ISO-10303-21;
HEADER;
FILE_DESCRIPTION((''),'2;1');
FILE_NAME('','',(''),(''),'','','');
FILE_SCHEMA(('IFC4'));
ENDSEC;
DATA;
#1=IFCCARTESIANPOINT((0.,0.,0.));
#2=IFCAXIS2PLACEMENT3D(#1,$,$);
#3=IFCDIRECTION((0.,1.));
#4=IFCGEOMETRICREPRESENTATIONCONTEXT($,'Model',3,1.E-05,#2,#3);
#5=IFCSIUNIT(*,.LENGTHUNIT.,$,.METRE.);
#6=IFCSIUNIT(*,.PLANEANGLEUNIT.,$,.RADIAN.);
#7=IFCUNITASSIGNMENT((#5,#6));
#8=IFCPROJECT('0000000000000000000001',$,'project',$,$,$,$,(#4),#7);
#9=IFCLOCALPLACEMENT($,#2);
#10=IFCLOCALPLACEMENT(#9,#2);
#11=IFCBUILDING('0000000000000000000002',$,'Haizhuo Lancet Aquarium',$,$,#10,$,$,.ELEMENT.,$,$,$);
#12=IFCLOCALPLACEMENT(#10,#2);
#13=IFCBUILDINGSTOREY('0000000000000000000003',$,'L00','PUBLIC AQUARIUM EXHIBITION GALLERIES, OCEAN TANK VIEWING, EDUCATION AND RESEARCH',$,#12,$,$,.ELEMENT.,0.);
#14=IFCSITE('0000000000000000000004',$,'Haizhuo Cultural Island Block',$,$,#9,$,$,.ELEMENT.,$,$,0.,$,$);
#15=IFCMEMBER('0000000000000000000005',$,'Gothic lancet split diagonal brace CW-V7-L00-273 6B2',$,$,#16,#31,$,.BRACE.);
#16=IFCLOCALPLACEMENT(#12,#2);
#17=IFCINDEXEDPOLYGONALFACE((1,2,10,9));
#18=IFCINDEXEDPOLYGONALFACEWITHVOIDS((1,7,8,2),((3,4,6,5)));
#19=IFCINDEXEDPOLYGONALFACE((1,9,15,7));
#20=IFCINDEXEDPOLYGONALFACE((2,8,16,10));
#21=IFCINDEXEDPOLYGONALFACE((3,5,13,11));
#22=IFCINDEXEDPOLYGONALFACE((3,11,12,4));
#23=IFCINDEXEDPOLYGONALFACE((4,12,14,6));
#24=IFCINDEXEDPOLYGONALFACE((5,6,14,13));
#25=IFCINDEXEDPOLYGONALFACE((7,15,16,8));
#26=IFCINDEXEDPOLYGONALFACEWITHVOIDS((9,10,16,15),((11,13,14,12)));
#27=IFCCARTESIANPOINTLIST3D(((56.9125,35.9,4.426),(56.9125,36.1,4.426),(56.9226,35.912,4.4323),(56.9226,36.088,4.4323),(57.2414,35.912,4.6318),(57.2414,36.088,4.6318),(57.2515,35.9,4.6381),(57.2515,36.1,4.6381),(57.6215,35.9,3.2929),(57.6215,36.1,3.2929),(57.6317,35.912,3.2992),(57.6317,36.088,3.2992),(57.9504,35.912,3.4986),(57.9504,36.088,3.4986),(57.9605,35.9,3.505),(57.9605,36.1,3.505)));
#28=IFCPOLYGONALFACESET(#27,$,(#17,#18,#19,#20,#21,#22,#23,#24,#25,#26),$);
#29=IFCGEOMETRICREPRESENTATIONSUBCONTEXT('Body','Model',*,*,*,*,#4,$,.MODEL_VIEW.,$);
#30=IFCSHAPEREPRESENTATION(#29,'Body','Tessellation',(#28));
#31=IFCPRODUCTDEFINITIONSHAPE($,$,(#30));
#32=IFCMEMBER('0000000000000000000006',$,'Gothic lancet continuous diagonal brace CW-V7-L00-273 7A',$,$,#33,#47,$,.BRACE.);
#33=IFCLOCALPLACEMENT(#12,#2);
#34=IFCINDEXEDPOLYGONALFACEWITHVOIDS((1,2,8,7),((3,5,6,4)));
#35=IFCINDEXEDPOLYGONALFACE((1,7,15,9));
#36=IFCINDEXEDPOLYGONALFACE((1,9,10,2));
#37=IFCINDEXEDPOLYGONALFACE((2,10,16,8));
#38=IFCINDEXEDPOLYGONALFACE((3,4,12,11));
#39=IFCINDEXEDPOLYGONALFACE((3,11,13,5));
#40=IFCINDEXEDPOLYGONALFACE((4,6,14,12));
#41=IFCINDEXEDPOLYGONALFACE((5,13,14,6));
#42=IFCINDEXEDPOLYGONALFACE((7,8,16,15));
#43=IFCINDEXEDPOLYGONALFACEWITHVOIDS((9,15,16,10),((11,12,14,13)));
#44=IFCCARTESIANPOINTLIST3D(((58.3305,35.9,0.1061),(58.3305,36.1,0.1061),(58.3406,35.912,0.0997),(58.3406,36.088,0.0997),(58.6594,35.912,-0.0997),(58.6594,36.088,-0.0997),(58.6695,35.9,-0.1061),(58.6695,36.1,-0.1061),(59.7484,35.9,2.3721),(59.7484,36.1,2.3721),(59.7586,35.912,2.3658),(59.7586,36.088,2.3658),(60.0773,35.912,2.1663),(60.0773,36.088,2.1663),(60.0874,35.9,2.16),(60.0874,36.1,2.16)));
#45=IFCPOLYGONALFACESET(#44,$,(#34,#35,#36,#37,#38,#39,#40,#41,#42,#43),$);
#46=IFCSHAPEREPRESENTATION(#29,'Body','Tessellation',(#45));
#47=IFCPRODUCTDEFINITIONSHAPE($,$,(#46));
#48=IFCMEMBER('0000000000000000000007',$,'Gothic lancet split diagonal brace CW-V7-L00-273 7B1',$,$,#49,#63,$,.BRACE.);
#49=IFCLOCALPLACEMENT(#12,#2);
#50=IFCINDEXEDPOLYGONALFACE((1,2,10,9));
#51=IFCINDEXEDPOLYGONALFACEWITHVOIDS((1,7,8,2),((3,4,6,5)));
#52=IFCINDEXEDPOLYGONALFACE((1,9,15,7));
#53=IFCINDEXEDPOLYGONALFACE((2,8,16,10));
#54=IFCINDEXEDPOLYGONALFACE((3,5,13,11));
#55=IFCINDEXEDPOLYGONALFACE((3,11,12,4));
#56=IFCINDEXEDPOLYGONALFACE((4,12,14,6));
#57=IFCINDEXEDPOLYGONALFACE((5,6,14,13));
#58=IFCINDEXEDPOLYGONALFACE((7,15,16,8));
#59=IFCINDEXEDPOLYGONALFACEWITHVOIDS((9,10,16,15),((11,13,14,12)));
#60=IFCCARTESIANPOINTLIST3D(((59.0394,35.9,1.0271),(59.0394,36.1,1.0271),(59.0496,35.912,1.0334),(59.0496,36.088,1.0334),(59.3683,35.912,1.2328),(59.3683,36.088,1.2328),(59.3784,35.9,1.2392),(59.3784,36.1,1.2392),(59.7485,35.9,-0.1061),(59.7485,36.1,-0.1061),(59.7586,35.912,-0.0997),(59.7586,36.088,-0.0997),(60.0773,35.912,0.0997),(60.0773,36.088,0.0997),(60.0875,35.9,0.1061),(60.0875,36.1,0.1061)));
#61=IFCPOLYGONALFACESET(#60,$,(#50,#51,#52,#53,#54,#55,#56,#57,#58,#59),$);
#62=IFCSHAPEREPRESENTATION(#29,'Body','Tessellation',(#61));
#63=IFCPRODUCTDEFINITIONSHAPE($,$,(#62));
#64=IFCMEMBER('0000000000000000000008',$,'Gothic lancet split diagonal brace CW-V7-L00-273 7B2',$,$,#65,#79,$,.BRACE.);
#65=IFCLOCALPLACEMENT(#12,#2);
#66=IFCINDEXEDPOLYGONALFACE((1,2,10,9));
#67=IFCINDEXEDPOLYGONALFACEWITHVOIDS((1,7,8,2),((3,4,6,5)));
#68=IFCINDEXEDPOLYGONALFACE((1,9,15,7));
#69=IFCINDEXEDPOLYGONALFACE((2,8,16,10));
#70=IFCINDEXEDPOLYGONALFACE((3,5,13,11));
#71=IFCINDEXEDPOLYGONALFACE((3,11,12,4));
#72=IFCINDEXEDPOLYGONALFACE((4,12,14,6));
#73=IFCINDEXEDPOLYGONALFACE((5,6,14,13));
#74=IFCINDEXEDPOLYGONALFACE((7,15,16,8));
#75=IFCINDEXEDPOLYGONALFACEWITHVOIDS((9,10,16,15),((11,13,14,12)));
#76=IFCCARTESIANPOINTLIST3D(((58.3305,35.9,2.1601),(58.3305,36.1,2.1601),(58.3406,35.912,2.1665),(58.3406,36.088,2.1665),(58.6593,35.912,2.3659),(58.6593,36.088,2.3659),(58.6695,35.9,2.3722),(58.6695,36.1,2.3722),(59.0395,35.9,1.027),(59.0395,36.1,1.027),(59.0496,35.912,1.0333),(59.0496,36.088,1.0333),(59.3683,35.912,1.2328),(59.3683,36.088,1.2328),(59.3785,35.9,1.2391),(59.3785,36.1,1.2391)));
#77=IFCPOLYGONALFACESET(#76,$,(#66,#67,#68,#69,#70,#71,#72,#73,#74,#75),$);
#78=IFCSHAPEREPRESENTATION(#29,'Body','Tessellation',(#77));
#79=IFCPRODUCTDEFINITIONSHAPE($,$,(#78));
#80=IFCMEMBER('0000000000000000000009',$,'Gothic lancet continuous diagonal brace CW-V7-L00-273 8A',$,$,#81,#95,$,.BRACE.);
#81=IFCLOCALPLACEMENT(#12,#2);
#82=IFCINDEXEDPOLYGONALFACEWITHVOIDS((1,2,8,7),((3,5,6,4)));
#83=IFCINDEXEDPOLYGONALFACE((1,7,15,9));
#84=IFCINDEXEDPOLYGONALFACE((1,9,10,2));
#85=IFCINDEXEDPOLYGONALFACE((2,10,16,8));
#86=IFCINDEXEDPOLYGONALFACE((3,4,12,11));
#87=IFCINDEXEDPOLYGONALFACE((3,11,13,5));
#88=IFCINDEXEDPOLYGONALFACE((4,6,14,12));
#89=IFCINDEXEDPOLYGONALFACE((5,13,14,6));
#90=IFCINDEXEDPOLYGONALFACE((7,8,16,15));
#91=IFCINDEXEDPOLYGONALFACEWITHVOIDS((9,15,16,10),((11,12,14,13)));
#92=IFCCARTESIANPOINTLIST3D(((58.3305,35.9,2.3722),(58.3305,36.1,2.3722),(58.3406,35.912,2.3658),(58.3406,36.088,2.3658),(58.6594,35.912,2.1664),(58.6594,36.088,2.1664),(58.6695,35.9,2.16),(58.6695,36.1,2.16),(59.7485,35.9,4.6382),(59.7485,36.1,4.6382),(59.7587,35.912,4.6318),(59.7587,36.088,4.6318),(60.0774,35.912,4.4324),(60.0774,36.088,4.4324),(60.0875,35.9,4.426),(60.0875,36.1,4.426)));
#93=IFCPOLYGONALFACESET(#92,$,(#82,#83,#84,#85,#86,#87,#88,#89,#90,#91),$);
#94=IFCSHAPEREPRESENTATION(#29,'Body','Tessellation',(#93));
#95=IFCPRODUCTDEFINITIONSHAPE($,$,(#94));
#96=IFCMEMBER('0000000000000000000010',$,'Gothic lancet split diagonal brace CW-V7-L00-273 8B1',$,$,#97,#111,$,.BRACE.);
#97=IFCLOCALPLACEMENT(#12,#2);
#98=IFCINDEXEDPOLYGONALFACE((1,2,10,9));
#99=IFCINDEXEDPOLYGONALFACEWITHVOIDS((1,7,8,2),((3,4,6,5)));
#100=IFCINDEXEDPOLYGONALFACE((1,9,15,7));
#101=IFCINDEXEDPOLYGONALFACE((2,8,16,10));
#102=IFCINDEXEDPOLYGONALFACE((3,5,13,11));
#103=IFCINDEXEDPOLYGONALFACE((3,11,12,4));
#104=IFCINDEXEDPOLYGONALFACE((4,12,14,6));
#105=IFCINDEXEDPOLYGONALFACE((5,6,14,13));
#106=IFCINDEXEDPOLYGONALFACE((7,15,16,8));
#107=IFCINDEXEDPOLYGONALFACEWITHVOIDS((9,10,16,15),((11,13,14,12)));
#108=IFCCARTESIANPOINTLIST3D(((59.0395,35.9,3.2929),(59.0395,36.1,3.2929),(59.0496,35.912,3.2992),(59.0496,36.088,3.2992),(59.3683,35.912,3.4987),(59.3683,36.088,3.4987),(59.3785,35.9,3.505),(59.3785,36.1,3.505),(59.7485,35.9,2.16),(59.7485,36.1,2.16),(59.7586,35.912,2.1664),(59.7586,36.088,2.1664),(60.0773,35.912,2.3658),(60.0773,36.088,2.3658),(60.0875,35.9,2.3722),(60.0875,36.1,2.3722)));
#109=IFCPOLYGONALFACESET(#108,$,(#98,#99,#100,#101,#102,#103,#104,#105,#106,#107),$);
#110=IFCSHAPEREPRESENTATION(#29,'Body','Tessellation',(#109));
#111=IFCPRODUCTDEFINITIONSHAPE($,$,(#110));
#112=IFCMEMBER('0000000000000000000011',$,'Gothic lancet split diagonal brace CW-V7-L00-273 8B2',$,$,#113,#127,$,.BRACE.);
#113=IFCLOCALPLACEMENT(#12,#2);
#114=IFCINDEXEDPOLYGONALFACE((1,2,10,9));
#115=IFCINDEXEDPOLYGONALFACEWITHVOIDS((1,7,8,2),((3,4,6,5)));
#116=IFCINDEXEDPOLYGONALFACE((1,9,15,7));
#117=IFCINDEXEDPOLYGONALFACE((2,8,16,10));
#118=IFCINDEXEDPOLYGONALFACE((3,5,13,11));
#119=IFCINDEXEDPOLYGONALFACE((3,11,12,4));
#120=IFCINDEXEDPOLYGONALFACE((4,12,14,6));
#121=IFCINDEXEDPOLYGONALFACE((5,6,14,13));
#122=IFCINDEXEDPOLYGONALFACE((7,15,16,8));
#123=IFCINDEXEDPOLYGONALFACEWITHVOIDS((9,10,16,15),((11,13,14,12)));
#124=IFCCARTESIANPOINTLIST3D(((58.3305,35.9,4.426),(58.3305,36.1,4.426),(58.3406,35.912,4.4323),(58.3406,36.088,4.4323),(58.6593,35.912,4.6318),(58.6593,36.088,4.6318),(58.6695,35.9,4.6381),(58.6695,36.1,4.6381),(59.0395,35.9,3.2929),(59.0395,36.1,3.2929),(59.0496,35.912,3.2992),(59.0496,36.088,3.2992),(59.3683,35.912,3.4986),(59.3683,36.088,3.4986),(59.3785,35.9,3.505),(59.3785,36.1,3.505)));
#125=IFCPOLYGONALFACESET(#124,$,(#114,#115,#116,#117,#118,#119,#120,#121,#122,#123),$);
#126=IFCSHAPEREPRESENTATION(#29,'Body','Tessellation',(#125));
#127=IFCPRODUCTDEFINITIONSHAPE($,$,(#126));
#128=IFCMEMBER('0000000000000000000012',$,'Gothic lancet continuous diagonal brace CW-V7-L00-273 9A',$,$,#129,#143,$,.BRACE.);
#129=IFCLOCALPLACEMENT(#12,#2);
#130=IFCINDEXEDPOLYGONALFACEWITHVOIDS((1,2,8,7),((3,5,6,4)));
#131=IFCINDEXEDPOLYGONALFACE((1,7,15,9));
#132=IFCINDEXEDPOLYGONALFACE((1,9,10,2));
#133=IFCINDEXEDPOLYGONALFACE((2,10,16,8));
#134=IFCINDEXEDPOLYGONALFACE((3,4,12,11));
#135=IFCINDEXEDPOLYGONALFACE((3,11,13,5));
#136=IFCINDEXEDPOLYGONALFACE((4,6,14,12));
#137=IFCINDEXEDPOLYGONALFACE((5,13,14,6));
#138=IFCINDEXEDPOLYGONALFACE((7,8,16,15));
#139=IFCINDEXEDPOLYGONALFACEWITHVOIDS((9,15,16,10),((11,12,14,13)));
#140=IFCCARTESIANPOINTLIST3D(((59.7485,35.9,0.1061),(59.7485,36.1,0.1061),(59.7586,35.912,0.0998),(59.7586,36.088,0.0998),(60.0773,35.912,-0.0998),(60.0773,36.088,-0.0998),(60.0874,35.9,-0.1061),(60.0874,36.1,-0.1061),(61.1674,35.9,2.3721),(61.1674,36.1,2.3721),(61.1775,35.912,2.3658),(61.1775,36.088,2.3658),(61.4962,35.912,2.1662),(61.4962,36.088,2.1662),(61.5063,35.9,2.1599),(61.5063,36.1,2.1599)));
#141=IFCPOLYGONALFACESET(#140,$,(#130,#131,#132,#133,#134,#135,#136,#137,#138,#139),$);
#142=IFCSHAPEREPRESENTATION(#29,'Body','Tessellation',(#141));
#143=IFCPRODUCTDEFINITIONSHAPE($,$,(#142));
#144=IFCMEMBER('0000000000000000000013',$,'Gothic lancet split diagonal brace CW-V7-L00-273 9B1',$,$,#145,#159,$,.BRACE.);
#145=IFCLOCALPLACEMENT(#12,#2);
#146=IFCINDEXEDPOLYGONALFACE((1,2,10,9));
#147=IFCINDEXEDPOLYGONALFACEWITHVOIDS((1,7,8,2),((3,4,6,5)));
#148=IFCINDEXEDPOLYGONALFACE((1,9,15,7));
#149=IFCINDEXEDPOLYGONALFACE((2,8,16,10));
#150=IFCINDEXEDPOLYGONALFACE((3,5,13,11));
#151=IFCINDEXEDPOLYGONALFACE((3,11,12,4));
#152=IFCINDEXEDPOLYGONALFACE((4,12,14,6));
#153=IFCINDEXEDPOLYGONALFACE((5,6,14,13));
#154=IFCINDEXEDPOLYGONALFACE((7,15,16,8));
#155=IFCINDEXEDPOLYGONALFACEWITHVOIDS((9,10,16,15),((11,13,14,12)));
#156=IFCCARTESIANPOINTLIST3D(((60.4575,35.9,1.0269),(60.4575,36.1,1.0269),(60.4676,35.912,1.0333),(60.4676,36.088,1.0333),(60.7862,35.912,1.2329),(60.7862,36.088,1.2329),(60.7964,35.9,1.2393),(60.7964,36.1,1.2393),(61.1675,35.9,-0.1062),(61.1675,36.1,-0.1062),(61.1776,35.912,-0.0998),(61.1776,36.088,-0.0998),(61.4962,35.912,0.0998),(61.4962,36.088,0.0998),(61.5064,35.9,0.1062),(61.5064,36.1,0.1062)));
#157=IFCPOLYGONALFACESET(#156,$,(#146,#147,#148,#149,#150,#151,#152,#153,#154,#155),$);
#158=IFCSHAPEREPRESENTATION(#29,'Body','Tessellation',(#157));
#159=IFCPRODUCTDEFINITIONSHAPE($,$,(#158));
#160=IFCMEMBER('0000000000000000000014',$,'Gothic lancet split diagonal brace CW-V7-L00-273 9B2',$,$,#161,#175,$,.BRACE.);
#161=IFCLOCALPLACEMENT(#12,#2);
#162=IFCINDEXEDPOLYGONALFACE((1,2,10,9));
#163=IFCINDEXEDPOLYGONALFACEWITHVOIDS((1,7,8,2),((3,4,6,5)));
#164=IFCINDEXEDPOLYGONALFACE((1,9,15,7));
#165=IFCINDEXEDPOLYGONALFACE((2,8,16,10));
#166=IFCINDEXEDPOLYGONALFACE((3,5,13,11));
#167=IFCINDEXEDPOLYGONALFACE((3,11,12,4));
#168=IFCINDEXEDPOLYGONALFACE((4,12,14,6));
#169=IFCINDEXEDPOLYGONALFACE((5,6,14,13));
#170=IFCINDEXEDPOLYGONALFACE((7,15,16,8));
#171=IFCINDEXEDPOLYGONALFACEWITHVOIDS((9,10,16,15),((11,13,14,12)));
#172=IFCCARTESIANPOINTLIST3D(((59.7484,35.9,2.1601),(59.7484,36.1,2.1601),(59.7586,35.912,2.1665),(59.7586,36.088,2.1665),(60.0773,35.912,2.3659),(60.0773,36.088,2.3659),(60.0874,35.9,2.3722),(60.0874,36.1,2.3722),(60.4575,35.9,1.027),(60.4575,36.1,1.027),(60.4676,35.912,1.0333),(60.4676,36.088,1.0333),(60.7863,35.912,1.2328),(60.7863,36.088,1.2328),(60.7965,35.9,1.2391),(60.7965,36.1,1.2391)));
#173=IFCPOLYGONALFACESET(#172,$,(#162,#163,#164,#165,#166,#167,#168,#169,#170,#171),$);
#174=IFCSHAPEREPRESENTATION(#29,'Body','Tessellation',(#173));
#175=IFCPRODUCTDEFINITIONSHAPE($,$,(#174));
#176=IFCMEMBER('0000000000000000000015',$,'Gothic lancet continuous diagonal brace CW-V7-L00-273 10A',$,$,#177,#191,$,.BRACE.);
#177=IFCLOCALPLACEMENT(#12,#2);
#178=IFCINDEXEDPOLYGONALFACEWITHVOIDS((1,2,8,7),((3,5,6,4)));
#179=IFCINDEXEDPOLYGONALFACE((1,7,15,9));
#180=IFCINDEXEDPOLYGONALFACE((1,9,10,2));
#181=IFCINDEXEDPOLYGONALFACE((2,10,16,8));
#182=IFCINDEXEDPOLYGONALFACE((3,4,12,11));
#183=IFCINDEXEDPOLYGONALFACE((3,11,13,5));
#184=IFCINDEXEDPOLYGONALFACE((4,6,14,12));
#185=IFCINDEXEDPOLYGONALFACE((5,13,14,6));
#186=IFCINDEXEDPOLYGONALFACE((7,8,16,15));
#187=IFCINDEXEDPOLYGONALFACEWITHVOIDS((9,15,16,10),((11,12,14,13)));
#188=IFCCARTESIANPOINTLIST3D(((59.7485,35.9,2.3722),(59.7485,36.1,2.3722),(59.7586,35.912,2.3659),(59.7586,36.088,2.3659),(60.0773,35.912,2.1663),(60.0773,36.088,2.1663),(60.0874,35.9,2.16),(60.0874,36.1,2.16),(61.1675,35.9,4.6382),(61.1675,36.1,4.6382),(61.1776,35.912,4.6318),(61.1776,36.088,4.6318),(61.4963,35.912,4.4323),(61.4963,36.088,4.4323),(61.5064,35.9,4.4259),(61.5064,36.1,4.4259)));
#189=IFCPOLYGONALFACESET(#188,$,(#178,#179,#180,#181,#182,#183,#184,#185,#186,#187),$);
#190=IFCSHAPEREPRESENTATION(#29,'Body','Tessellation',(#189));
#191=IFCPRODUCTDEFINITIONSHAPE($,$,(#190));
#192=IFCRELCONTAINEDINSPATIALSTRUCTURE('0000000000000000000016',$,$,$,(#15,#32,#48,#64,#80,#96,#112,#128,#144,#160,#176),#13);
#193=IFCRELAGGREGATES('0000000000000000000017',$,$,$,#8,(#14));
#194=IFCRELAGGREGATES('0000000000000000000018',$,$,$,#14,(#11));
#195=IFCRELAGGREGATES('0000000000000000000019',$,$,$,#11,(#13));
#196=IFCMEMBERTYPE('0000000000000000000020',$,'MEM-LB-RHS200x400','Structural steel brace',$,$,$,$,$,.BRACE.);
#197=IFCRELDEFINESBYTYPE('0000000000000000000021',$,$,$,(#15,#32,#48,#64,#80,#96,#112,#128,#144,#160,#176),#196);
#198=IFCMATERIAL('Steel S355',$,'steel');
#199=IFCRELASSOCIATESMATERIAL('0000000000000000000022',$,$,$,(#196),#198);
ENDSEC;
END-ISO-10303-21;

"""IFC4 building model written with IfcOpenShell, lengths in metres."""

from ifc_helpers import new_model, si_unit, direction, frame, origin, origin_2d, place, context, subcontext, project, spatial, hollow_rectangle, extrude, material, material_profile, profile_set, type_object, element, save


model = new_model("IFC4")

# Units and contexts
model_context = context("Model", 3, precision=1e-05, world=origin(), true_north=direction((0.0, 1.0)))
body_context = subcontext(model_context, "Body", "Model", "MODEL_VIEW")
ifc_project = project(units=[si_unit("LENGTHUNIT", "METRE"), si_unit("PLANEANGLEUNIT", "RADIAN")], contexts=[model_context])

# Site, building, storey
site_placement = place(None, origin())
site = spatial("IfcSite", under=ifc_project, at=site_placement, Name="Haizhuo Cultural Island Block", CompositionType="ELEMENT", RefElevation=0.0)
building_placement = place(site_placement, origin())
building = spatial("IfcBuilding", under=site, at=building_placement, Name="Haizhuo Lancet Aquarium", CompositionType="ELEMENT")
storey_placement = place(building_placement, origin())
storey = spatial("IfcBuildingStorey", under=building, at=storey_placement, Name="L00", Description="PUBLIC AQUARIUM EXHIBITION GALLERIES, OCEAN TANK VIEWING, EDUCATION AND RESEARCH", CompositionType="ELEMENT", Elevation=0.0)

# Members
ifc_material_1 = material(Name="Steel S355", Category="steel")
ifc_material_profile_1 = material_profile(ifc_material_1, hollow_rectangle(XDim=0.2, YDim=0.3999, WallThickness=0.012, at=origin_2d()), Name="RHS 200x400x12")
ifc_profile_set_1 = profile_set([ifc_material_profile_1], Name="Steel S355")
member_type_1 = type_object("IfcMemberType", Name="MEM-LB-RHS200x400", Description="Structural steel brace", PredefinedType="BRACE", material=ifc_profile_set_1)
member_1_placement = place(storey_placement, frame((57.791, 36.0, 3.3989), z_axis=(-0.530442, 0.0, 0.847721), x_axis=(0.0, -1.0, 0.0)))
element("IfcMember", 1, at=member_1_placement, inside=storey, type_object=member_type_1, Name="Gothic lancet split diagonal brace CW-V7-L00-273 6B2", PredefinedType="BRACE", context=body_context, shape_type="SweptSolid", body=[
    extrude(hollow_rectangle(XDim=0.2, YDim=0.3999, WallThickness=0.012, at=origin_2d()), origin(), (0.0, 0.0, 1.0), 1.3367),
])
member_2_placement = place(storey_placement, frame((58.5, 36.0, 0.0), z_axis=(0.530442, 0.0, 0.847721), x_axis=(0.0, 1.0, 0.0)))
element("IfcMember", 2, at=member_2_placement, inside=storey, type_object=member_type_1, Name="Gothic lancet continuous diagonal brace CW-V7-L00-273 7A", PredefinedType="BRACE", context=body_context, shape_type="SweptSolid", body=[
    extrude(hollow_rectangle(XDim=0.2, YDim=0.3999, WallThickness=0.012, at=origin_2d()), origin(), (0.0, 0.0, 1.0), 2.6731),
])
for number, where, z_axis, x_axis, name in (
    (3, (59.918, 36.0, 0.0), (-0.530442, 0.0, 0.847721), (0.0, -1.0, 0.0), "Gothic lancet split diagonal brace CW-V7-L00-273 7B1"),
    (4, (59.209, 36.0, 1.1331), (-0.530442, 0.0, 0.847721), (0.0, -1.0, 0.0), "Gothic lancet split diagonal brace CW-V7-L00-273 7B2"),
):
    element("IfcMember", number, at=place(storey_placement, frame(where, z_axis=z_axis, x_axis=x_axis)), inside=storey, type_object=member_type_1, Name=name, PredefinedType="BRACE", context=body_context, shape_type="SweptSolid", body=[
        extrude(hollow_rectangle(XDim=0.2, YDim=0.3999, WallThickness=0.012, at=origin_2d()), origin(), (0.0, 0.0, 1.0), 1.3367),
    ])
member_3_placement = place(storey_placement, frame((58.5, 36.0, 2.2661), z_axis=(0.530483, 0.0, 0.847695), x_axis=(0.0, 1.0, 0.0)))
element("IfcMember", 5, at=member_3_placement, inside=storey, type_object=member_type_1, Name="Gothic lancet continuous diagonal brace CW-V7-L00-273 8A", PredefinedType="BRACE", context=body_context, shape_type="SweptSolid", body=[
    extrude(hollow_rectangle(XDim=0.2, YDim=0.3999, WallThickness=0.012, at=origin_2d()), origin(), (0.0, 0.0, 1.0), 2.6731),
])
member_4_placement = place(storey_placement, frame((59.918, 36.0, 2.2661), z_axis=(-0.530524, 0.0, 0.84767), x_axis=(0.0, -1.0, 0.0)))
element("IfcMember", 6, at=member_4_placement, inside=storey, type_object=member_type_1, Name="Gothic lancet split diagonal brace CW-V7-L00-273 8B1", PredefinedType="BRACE", context=body_context, shape_type="SweptSolid", body=[
    extrude(hollow_rectangle(XDim=0.2, YDim=0.3999, WallThickness=0.012, at=origin_2d()), origin(), (0.0, 0.0, 1.0), 1.3364),
])
member_5_placement = place(storey_placement, frame((59.209, 36.0, 3.3989), z_axis=(-0.530442, 0.0, 0.847721), x_axis=(0.0, -1.0, 0.0)))
element("IfcMember", 7, at=member_5_placement, inside=storey, type_object=member_type_1, Name="Gothic lancet split diagonal brace CW-V7-L00-273 8B2", PredefinedType="BRACE", context=body_context, shape_type="SweptSolid", body=[
    extrude(hollow_rectangle(XDim=0.2, YDim=0.3999, WallThickness=0.012, at=origin_2d()), origin(), (0.0, 0.0, 1.0), 1.3367),
])
member_6_placement = place(storey_placement, frame((59.918, 36.0, 0.0), z_axis=(0.530705, 0.0, 0.847557), x_axis=(0.0, 1.0, 0.0)))
element("IfcMember", 8, at=member_6_placement, inside=storey, type_object=member_type_1, Name="Gothic lancet continuous diagonal brace CW-V7-L00-273 9A", PredefinedType="BRACE", context=body_context, shape_type="SweptSolid", body=[
    extrude(hollow_rectangle(XDim=0.2, YDim=0.3999, WallThickness=0.012, at=origin_2d()), origin(), (0.0, 0.0, 1.0), 2.6736),
])
member_7_placement = place(storey_placement, frame((61.3369, 36.0, 0.0), z_axis=(-0.530967, 0.0, 0.847393), x_axis=(0.0, -1.0, 0.0)))
element("IfcMember", 9, at=member_7_placement, inside=storey, type_object=member_type_1, Name="Gothic lancet split diagonal brace CW-V7-L00-273 9B1", PredefinedType="BRACE", context=body_context, shape_type="SweptSolid", body=[
    extrude(hollow_rectangle(XDim=0.2, YDim=0.3999, WallThickness=0.012, at=origin_2d()), origin(), (0.0, 0.0, 1.0), 1.3372),
])
member_8_placement = place(storey_placement, frame((60.627, 36.0, 1.1331), z_axis=(-0.530442, 0.0, 0.847721), x_axis=(0.0, -1.0, 0.0)))
element("IfcMember", 10, at=member_8_placement, inside=storey, type_object=member_type_1, Name="Gothic lancet split diagonal brace CW-V7-L00-273 9B2", PredefinedType="BRACE", context=body_context, shape_type="SweptSolid", body=[
    extrude(hollow_rectangle(XDim=0.2, YDim=0.3999, WallThickness=0.012, at=origin_2d()), origin(), (0.0, 0.0, 1.0), 1.3367),
])
member_9_placement = place(storey_placement, frame((59.918, 36.0, 2.2661), z_axis=(0.530746, 0.0, 0.847531), x_axis=(0.0, 1.0, 0.0)))
element("IfcMember", 11, at=member_9_placement, inside=storey, type_object=member_type_1, Name="Gothic lancet continuous diagonal brace CW-V7-L00-273 10A", PredefinedType="BRACE", context=body_context, shape_type="SweptSolid", body=[
    extrude(hollow_rectangle(XDim=0.2, YDim=0.3999, WallThickness=0.012, at=origin_2d()), origin(), (0.0, 0.0, 1.0), 2.6736),
])

save(model, "model.ifc")
